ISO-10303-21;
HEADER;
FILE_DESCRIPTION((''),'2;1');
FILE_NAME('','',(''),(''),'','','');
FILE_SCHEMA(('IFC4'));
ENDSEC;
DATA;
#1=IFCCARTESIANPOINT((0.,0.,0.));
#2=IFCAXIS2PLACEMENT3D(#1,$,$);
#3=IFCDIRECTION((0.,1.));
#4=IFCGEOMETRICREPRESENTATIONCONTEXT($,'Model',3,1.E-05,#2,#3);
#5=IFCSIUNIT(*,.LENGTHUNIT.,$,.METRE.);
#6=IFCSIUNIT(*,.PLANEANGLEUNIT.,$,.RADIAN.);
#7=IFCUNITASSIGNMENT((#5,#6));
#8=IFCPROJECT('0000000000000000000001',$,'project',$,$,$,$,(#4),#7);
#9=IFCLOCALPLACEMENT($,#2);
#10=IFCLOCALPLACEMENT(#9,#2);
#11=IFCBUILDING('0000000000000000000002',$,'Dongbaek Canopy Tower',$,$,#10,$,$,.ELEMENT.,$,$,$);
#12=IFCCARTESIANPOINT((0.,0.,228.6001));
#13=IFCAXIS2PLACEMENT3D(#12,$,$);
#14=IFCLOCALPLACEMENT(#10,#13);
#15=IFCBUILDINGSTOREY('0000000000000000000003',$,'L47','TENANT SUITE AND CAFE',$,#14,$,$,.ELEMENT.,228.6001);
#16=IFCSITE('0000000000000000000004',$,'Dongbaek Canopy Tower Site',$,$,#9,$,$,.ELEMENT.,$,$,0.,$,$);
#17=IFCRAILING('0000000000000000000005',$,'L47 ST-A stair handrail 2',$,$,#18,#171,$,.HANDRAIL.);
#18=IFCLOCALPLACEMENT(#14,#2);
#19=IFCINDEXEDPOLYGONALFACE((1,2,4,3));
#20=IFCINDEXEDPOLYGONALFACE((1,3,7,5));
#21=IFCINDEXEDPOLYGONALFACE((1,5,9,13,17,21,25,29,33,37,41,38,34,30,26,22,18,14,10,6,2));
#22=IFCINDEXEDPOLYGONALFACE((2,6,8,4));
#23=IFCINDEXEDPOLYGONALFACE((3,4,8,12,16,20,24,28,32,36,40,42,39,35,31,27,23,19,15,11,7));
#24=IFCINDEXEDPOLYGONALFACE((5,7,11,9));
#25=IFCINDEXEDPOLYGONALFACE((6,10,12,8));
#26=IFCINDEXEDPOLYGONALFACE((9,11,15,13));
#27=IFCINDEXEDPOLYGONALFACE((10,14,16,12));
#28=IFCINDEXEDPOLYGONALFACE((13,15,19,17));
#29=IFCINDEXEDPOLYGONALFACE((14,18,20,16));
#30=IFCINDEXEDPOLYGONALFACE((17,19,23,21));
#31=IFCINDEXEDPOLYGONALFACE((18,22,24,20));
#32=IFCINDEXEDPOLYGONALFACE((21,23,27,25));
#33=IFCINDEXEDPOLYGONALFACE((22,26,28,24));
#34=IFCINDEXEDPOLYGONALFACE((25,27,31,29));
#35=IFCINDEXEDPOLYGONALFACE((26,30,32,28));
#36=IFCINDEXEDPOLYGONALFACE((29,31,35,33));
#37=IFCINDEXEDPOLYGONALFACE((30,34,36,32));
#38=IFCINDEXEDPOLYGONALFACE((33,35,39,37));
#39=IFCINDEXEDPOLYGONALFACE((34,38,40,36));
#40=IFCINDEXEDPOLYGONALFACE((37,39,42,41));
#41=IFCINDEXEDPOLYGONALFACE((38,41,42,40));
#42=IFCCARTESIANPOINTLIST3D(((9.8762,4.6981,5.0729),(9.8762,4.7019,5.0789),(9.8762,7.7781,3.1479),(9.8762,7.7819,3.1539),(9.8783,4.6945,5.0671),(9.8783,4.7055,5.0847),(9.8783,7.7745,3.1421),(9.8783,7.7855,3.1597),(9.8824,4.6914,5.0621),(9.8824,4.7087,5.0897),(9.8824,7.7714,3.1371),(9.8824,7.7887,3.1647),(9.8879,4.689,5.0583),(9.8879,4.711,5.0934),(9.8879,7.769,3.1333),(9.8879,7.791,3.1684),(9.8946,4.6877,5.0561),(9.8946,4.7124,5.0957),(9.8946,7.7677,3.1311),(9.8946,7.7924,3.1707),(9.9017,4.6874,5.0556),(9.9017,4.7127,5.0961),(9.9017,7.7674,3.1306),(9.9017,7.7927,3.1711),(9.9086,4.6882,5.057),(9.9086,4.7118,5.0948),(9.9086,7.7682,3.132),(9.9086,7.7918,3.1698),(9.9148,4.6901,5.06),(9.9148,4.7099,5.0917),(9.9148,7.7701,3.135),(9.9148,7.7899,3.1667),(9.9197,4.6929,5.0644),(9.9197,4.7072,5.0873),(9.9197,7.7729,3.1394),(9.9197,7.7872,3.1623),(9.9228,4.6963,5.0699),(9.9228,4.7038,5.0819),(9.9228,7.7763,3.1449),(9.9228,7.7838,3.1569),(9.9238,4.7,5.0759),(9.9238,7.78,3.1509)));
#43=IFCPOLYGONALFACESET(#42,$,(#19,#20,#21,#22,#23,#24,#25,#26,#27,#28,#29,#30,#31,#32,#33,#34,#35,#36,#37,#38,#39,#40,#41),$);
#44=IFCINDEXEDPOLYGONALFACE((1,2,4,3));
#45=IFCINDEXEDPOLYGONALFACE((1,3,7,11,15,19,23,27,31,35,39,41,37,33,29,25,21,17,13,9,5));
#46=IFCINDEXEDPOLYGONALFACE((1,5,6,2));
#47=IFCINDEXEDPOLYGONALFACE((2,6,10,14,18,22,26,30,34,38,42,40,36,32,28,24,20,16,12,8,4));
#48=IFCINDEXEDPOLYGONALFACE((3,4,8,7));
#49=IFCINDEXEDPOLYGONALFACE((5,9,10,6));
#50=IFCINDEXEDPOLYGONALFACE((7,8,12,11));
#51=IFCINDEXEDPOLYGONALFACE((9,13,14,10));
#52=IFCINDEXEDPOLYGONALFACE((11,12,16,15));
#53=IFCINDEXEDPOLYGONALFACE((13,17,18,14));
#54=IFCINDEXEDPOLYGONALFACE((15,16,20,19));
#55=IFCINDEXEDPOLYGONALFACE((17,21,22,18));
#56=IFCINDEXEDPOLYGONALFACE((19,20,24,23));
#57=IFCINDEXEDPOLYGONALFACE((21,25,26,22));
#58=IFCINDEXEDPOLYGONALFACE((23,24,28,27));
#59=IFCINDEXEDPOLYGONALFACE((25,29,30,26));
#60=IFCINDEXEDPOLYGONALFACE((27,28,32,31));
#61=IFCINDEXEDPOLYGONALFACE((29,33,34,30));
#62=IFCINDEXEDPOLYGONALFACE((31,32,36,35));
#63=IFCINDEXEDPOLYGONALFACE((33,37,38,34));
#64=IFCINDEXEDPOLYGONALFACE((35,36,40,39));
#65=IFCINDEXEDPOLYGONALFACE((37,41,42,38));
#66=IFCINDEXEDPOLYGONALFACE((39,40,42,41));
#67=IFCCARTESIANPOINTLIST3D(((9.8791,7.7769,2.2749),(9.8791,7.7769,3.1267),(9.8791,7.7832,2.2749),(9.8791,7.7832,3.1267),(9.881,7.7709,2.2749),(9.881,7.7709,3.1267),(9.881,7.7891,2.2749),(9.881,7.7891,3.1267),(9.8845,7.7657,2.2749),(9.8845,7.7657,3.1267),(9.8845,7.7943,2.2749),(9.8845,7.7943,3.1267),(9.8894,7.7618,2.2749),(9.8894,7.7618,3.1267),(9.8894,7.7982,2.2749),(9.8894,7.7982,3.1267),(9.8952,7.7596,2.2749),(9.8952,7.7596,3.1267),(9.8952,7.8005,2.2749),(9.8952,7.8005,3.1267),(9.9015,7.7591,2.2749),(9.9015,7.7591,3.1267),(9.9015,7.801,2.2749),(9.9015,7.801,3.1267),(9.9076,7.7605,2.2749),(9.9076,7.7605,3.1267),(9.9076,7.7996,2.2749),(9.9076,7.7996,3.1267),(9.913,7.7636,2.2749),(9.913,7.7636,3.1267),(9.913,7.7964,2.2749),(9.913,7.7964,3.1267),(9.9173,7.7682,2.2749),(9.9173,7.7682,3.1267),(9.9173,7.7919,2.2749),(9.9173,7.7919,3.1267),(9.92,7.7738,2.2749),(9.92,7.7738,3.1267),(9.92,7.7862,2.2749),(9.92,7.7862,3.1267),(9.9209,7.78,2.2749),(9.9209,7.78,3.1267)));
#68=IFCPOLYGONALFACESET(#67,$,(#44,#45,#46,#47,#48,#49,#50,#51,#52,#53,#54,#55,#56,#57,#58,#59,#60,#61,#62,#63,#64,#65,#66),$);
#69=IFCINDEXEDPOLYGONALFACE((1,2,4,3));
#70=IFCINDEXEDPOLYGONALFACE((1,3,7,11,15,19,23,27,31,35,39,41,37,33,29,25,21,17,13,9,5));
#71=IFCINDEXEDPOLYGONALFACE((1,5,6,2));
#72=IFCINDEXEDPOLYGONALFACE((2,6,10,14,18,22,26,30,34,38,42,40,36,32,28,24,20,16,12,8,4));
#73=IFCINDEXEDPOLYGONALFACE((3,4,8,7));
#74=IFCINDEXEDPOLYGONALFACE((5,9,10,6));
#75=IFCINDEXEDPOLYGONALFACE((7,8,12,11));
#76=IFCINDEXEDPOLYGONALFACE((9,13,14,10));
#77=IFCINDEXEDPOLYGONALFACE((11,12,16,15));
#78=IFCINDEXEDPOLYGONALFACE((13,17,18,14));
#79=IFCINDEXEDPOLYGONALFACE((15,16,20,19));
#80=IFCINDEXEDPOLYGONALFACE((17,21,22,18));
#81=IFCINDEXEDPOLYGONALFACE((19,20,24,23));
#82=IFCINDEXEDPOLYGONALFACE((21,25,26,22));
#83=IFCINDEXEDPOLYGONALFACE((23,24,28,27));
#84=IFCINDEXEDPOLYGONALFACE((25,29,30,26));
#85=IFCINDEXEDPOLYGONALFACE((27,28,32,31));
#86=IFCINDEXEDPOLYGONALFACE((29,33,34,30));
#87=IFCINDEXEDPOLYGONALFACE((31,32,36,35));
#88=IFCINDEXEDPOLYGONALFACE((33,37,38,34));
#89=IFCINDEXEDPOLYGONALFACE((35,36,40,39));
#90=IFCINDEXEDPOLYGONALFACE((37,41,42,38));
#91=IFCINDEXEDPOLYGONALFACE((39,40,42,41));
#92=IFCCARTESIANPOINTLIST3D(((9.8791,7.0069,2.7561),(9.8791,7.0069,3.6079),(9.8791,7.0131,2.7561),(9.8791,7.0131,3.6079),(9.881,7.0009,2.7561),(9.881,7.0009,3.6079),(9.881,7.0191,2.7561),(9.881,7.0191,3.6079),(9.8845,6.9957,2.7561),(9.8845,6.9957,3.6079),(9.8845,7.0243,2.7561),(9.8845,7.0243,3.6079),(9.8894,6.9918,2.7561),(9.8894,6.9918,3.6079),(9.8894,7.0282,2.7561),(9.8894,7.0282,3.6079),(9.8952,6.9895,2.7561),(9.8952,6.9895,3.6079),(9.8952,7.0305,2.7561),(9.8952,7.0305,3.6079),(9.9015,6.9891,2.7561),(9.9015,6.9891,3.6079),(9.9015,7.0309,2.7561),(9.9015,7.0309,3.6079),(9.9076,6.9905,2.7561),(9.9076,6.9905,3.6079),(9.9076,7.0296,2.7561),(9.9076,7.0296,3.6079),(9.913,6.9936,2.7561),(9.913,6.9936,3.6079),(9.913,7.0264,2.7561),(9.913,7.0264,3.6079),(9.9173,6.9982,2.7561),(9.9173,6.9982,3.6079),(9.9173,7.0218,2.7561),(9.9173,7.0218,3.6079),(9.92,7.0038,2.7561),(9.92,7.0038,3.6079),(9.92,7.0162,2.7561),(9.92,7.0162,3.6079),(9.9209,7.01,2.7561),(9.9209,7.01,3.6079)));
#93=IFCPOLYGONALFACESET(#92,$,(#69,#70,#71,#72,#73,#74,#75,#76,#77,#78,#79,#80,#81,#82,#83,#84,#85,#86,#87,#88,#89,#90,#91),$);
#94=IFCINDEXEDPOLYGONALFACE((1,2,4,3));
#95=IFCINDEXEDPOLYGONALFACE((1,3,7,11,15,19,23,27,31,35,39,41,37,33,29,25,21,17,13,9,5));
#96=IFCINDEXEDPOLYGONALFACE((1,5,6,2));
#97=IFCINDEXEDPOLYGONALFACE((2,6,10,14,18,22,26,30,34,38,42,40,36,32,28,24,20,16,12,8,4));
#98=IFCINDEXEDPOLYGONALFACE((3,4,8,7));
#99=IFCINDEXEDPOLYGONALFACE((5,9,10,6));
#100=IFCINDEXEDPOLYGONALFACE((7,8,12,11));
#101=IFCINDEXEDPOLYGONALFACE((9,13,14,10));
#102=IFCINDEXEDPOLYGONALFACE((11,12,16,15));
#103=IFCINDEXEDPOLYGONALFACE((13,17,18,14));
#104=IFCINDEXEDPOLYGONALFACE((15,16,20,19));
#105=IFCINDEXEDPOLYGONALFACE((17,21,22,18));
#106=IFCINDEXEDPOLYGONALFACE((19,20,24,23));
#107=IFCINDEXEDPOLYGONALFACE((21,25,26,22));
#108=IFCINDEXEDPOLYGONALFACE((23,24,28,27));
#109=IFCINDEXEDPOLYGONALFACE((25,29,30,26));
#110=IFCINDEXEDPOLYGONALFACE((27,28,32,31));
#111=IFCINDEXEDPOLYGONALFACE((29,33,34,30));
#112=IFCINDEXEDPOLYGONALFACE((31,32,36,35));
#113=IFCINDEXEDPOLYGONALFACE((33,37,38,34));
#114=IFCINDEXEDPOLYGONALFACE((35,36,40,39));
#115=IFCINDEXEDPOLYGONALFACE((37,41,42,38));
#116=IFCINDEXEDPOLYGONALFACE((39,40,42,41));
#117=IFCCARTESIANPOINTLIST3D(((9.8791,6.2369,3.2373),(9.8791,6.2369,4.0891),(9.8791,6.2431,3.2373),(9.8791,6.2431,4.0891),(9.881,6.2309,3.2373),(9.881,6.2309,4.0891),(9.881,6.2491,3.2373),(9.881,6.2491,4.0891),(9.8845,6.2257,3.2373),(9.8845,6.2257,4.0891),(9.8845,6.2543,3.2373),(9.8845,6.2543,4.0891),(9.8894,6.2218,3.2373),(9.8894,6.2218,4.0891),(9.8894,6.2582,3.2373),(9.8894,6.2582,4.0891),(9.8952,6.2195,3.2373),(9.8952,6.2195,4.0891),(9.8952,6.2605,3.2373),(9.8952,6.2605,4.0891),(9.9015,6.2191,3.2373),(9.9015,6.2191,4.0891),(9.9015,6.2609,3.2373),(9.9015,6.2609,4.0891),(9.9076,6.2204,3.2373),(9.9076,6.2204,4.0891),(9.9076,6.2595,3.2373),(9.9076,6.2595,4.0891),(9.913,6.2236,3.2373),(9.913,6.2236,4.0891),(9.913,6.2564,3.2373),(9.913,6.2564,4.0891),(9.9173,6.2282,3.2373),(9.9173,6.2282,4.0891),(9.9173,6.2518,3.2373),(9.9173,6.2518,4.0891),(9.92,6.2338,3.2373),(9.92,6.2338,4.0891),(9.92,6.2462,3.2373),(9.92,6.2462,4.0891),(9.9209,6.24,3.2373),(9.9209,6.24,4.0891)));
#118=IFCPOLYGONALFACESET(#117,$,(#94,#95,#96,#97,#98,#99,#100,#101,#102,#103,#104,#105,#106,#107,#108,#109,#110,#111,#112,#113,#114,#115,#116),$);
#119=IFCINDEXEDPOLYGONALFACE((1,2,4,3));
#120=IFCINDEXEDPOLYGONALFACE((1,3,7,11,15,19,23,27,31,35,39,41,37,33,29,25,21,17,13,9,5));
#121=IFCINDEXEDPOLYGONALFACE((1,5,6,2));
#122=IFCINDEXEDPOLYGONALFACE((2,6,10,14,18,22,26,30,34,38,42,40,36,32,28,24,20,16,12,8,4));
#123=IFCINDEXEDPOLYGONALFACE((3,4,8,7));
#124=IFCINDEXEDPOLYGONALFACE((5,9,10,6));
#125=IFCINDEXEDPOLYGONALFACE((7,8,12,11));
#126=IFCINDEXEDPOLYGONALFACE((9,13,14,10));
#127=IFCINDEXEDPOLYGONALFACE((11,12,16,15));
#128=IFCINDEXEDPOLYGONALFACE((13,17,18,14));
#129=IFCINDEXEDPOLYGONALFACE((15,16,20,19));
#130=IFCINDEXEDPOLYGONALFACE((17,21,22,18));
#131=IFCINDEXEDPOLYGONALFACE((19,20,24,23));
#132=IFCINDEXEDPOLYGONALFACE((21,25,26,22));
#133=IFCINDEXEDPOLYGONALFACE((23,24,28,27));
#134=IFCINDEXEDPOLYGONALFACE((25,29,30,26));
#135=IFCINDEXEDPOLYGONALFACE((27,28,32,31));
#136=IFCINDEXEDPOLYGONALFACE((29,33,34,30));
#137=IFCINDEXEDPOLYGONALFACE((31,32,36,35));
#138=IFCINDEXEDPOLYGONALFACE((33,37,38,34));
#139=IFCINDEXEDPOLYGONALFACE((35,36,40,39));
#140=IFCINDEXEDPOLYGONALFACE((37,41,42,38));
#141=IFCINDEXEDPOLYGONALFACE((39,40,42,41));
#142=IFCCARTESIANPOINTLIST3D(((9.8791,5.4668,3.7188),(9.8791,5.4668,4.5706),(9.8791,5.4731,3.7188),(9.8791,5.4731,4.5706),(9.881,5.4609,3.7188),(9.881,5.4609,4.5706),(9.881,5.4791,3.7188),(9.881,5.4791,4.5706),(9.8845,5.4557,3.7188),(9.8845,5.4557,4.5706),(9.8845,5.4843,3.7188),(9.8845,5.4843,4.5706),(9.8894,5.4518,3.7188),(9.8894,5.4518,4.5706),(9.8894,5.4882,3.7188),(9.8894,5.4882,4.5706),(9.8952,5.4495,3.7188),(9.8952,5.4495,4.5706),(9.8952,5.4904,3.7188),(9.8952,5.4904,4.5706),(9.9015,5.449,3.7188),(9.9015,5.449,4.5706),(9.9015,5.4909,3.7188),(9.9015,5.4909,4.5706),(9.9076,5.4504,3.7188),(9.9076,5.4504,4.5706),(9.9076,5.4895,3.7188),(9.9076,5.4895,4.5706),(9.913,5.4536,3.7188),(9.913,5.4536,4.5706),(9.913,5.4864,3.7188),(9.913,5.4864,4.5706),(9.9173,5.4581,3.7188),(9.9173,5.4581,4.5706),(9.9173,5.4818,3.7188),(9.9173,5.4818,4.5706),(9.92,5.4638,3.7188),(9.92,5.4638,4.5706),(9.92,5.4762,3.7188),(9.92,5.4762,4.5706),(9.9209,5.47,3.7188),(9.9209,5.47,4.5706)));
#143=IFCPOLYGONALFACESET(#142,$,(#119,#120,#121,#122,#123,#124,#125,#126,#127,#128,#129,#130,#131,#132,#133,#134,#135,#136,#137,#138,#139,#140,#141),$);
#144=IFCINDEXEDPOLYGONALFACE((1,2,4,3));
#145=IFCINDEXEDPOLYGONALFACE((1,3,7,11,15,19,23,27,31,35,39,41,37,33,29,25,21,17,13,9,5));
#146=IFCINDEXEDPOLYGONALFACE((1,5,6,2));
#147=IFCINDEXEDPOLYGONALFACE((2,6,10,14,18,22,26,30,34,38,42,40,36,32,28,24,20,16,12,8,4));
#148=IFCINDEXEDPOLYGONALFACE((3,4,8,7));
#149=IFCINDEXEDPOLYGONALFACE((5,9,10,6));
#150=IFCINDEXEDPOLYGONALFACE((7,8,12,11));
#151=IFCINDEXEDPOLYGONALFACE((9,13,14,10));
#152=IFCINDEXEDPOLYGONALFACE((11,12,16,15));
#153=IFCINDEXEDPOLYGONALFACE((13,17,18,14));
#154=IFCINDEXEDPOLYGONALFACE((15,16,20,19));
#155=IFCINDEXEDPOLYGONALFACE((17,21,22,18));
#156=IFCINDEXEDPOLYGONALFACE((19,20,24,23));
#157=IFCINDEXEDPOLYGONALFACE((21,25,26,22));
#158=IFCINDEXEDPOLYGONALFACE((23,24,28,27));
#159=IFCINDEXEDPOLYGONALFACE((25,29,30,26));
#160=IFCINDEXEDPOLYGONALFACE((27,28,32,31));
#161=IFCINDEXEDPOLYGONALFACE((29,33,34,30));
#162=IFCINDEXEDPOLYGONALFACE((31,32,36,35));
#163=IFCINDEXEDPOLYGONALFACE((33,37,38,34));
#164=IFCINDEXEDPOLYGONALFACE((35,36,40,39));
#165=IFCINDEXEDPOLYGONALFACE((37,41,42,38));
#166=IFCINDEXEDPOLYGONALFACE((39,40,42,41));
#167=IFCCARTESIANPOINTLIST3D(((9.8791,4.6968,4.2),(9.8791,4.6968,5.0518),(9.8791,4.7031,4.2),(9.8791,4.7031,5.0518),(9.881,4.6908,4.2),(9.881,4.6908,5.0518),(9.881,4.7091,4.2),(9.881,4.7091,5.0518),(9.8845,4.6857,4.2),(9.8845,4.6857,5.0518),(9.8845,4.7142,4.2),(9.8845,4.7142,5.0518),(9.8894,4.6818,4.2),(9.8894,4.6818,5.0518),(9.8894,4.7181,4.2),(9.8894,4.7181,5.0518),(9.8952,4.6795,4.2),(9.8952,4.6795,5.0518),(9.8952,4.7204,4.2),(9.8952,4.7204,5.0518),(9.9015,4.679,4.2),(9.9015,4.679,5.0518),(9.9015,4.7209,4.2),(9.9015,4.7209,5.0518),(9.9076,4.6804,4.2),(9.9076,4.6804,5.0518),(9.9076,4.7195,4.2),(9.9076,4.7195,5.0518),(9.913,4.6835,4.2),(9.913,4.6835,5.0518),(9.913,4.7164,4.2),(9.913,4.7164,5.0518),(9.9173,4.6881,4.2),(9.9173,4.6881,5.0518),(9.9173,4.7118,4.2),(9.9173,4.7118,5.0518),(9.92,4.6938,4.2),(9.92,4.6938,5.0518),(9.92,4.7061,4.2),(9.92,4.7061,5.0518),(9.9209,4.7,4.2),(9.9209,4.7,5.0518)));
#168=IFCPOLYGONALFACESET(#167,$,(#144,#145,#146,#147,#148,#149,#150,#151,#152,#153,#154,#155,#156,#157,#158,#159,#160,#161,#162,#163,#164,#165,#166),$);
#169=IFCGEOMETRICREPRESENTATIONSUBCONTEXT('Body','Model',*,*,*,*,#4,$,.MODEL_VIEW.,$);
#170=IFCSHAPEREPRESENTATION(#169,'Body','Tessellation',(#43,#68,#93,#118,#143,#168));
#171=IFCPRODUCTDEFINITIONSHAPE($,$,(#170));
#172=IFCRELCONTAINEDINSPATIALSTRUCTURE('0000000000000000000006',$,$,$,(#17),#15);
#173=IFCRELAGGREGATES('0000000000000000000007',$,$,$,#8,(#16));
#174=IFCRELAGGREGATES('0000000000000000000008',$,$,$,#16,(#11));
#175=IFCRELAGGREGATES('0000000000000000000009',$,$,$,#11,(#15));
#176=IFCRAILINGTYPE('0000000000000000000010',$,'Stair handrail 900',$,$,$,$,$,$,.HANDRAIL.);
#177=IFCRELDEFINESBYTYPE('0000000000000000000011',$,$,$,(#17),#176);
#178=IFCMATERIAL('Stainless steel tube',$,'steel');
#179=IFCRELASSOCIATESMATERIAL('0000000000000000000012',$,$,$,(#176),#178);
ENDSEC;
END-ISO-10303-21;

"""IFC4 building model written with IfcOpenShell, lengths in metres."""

from ifc_helpers import new_model, si_unit, direction, frame, origin, origin_2d, place, context, subcontext, project, spatial, circle, extrude, material, type_object, element, save


model = new_model("IFC4")

# Units and contexts
model_context = context("Model", 3, precision=1e-05, world=origin(), true_north=direction((0.0, 1.0)))
body_context = subcontext(model_context, "Body", "Model", "MODEL_VIEW")
ifc_project = project(units=[si_unit("LENGTHUNIT", "METRE"), si_unit("PLANEANGLEUNIT", "RADIAN")], contexts=[model_context])

# Site, building, storey
site_placement = place(None, origin())
site = spatial("IfcSite", under=ifc_project, at=site_placement, Name="Dongbaek Canopy Tower Site", CompositionType="ELEMENT", RefElevation=0.0)
building_placement = place(site_placement, origin())
building = spatial("IfcBuilding", under=site, at=building_placement, Name="Dongbaek Canopy Tower", CompositionType="ELEMENT")
storey_placement = place(building_placement, frame((0.0, 0.0, 228.6001)))
storey = spatial("IfcBuildingStorey", under=building, at=storey_placement, Name="L47", Description="TENANT SUITE AND CAFE", CompositionType="ELEMENT", Elevation=228.6001)

# Railing
ifc_material_1 = material(Name="Stainless steel tube", Category="steel")
railing_type_1 = type_object("IfcRailingType", Name="Stair handrail 900", PredefinedType="HANDRAIL", material=ifc_material_1)
railing_1_placement = place(storey_placement, frame((9.8999, 7.78, 2.2749)))
element("IfcRailing", 1, at=railing_1_placement, inside=storey, type_object=railing_type_1, Name="L47 ST-A stair handrail 2", PredefinedType="HANDRAIL", context=body_context, shape_type="SweptSolid", body=[
    extrude(circle(Radius=0.0239, at=origin_2d()), frame((0.0, 0.0, 0.876), z_axis=(0.0, -0.847998, 0.529999), x_axis=(1.0, 0.0, 0.0)), (0.0, 0.0, 1.0), 3.6321),
    extrude(circle(Radius=0.021, at=origin_2d()), origin(), (0.0, 0.0, 1.0), 0.8518),
    extrude(circle(Radius=0.021, at=origin_2d()), frame((0.0, -0.77, 0.4812)), (0.0, 0.0, 1.0), 0.8518),
    extrude(circle(Radius=0.021, at=origin_2d()), frame((0.0, -1.54, 0.9624)), (0.0, 0.0, 1.0), 0.8518),
    extrude(circle(Radius=0.021, at=origin_2d()), frame((0.0, -2.3101, 1.4438)), (0.0, 0.0, 1.0), 0.8518),
    extrude(circle(Radius=0.021, at=origin_2d()), frame((0.0, -3.0801, 1.925)), (0.0, 0.0, 1.0), 0.8518),
])

save(model, "model.ifc")
